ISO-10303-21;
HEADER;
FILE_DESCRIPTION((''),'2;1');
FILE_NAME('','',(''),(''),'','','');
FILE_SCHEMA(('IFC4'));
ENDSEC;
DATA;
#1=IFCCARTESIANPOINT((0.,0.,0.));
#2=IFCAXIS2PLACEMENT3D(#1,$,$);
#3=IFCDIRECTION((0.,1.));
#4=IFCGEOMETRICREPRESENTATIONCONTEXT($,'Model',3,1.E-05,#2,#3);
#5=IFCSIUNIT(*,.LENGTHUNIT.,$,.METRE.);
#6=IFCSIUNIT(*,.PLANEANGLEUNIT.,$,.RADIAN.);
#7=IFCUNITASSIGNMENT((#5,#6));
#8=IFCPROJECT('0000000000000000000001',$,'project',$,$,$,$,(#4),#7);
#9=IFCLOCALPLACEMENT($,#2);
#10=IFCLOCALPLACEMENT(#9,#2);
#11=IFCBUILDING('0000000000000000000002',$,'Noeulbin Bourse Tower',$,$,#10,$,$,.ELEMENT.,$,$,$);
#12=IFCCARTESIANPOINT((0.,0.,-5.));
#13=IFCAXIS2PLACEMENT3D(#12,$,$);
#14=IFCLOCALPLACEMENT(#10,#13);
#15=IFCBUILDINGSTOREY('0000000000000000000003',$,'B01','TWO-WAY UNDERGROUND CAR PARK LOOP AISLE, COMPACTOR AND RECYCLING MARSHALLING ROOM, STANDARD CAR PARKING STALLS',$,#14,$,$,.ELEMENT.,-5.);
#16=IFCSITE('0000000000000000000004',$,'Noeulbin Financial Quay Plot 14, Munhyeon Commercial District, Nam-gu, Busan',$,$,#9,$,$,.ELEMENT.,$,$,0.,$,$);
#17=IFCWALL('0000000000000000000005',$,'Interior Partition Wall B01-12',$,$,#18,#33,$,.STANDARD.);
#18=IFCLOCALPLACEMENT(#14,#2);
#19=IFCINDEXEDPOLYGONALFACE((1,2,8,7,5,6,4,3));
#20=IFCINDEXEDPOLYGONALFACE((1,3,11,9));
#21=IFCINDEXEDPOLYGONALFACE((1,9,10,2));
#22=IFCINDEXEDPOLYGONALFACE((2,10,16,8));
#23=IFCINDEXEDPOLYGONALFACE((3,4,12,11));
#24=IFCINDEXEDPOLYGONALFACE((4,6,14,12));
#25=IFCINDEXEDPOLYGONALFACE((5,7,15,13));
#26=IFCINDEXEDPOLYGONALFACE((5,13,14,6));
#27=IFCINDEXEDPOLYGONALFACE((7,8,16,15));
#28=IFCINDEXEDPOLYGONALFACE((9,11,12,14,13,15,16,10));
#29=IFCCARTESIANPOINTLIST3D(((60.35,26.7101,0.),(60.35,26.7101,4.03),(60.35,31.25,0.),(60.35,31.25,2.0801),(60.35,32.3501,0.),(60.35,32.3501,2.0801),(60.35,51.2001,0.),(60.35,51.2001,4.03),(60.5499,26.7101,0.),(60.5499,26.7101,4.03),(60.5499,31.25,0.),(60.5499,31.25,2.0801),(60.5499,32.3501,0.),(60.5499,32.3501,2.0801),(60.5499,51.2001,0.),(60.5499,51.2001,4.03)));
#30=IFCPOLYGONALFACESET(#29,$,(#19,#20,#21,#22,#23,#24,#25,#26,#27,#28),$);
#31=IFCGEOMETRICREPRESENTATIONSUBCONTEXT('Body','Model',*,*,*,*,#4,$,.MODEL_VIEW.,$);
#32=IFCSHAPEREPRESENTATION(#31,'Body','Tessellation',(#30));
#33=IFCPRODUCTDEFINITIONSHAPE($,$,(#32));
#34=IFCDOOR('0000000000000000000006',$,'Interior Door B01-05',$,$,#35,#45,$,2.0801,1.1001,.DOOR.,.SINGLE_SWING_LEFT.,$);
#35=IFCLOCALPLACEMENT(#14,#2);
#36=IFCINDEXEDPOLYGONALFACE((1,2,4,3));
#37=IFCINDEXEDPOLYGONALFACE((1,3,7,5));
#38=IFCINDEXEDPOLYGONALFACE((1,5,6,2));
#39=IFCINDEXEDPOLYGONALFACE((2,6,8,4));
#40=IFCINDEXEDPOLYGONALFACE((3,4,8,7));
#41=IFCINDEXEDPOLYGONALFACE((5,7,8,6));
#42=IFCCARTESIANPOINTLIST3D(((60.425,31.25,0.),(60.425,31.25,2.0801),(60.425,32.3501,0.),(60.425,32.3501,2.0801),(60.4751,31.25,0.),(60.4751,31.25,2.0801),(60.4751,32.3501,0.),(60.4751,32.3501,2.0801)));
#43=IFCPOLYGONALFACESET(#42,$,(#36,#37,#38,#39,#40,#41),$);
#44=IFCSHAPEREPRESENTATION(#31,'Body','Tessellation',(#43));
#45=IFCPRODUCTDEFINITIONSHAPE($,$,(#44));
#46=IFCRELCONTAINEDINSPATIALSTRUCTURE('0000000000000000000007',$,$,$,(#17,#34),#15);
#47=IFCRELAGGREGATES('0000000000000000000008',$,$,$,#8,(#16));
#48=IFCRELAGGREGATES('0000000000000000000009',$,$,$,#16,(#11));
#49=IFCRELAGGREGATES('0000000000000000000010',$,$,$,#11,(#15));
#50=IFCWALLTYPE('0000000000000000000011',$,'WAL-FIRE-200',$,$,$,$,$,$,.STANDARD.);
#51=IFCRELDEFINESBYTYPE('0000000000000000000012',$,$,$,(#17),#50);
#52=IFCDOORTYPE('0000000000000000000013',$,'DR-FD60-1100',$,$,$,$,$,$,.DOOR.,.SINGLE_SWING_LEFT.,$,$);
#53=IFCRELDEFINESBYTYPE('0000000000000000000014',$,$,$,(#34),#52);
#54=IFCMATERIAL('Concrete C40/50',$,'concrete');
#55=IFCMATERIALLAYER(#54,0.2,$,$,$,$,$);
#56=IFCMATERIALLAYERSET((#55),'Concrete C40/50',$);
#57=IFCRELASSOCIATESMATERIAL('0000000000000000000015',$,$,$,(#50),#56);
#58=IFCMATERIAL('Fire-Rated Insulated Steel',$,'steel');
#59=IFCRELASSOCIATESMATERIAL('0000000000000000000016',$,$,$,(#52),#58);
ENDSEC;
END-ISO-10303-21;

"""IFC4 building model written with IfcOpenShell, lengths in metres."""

from ifc_helpers import new_model, si_unit, direction, frame, frame_2d, origin, place, context, subcontext, project, spatial, rectangle, extrude, material, layer, layer_set, type_object, element, fill, save


model = new_model("IFC4")

# Units and contexts
model_context = context("Model", 3, precision=1e-05, world=origin(), true_north=direction((0.0, 1.0)))
body_context = subcontext(model_context, "Body", "Model", "MODEL_VIEW")
ifc_project = project(units=[si_unit("LENGTHUNIT", "METRE"), si_unit("PLANEANGLEUNIT", "RADIAN")], contexts=[model_context])

# Site, building, storey
site_placement = place(None, origin())
site = spatial("IfcSite", under=ifc_project, at=site_placement, Name="Noeulbin Financial Quay Plot 14, Munhyeon Commercial District, Nam-gu, Busan", CompositionType="ELEMENT", RefElevation=0.0)
building_placement = place(site_placement, origin())
building = spatial("IfcBuilding", under=site, at=building_placement, Name="Noeulbin Bourse Tower", CompositionType="ELEMENT")
storey_placement = place(building_placement, frame((0.0, 0.0, -5.0)))
storey = spatial("IfcBuildingStorey", under=building, at=storey_placement, Name="B01", Description="TWO-WAY UNDERGROUND CAR PARK LOOP AISLE, COMPACTOR AND RECYCLING MARSHALLING ROOM, STANDARD CAR PARKING STALLS", CompositionType="ELEMENT", Elevation=-5.0)

# Shared definitions
ifc_material_1 = material(Name="Concrete C40/50", Category="concrete")

# Wall, opening, door
ifc_layer = layer(ifc_material_1, 0.2)
ifc_layer_set = layer_set([ifc_layer], Name="Concrete C40/50")
wall_type = type_object("IfcWallType", Name="WAL-FIRE-200", PredefinedType="STANDARD", material=ifc_layer_set)
wall_placement = place(storey_placement, frame((60.45, 26.71, 0.0), z_axis=(0.0, 0.0, 1.0), x_axis=(0.0, 1.0, 0.0)))
wall = element("IfcWall", 1, at=wall_placement, inside=storey, type_object=wall_type, Name="Interior Partition Wall B01-12", PredefinedType="STANDARD", context=body_context, shape_type="SweptSolid", body=[
    extrude(rectangle(XDim=24.49, YDim=0.2, at=frame_2d((12.2451, 0.0))), origin(), (0.0, 0.0, 1.0), 4.03),
])
opening_placement = place(wall_placement, frame((4.54, 0.0, 0.0)))
opening = element("IfcOpeningElement", 2, at=opening_placement, cuts=wall, PredefinedType="OPENING", context=body_context, shape_type="SweptSolid", body=[
    extrude(rectangle(XDim=1.1001, YDim=2.0801, at=frame_2d((0.55, 1.04))), frame((0.0, 0.1099, 0.0), z_axis=(0.0, -1.0, 0.0), x_axis=(1.0, 0.0, 0.0)), (0.0, 0.0, 1.0), 0.22),
])
ifc_material_2 = material(Name="Fire-Rated Insulated Steel", Category="steel")
door_type = type_object("IfcDoorType", Name="DR-FD60-1100", OperationType="SINGLE_SWING_LEFT", PredefinedType="DOOR", material=ifc_material_2)
door_placement = place(opening_placement, origin())
door = element("IfcDoor", 3, at=door_placement, inside=storey, type_object=door_type, Name="Interior Door B01-05", OperationType="SINGLE_SWING_LEFT", OverallHeight=2.0801, OverallWidth=1.1001, PredefinedType="DOOR", context=body_context, shape_type="SweptSolid", body=[
    extrude(rectangle(XDim=1.1001, YDim=2.0801, at=frame_2d((0.55, 1.04))), frame((0.0, 0.0249, 0.0), z_axis=(0.0, -1.0, 0.0), x_axis=(1.0, 0.0, 0.0)), (0.0, 0.0, 1.0), 0.05),
])
fill(opening, door)

save(model, "model.ifc")
